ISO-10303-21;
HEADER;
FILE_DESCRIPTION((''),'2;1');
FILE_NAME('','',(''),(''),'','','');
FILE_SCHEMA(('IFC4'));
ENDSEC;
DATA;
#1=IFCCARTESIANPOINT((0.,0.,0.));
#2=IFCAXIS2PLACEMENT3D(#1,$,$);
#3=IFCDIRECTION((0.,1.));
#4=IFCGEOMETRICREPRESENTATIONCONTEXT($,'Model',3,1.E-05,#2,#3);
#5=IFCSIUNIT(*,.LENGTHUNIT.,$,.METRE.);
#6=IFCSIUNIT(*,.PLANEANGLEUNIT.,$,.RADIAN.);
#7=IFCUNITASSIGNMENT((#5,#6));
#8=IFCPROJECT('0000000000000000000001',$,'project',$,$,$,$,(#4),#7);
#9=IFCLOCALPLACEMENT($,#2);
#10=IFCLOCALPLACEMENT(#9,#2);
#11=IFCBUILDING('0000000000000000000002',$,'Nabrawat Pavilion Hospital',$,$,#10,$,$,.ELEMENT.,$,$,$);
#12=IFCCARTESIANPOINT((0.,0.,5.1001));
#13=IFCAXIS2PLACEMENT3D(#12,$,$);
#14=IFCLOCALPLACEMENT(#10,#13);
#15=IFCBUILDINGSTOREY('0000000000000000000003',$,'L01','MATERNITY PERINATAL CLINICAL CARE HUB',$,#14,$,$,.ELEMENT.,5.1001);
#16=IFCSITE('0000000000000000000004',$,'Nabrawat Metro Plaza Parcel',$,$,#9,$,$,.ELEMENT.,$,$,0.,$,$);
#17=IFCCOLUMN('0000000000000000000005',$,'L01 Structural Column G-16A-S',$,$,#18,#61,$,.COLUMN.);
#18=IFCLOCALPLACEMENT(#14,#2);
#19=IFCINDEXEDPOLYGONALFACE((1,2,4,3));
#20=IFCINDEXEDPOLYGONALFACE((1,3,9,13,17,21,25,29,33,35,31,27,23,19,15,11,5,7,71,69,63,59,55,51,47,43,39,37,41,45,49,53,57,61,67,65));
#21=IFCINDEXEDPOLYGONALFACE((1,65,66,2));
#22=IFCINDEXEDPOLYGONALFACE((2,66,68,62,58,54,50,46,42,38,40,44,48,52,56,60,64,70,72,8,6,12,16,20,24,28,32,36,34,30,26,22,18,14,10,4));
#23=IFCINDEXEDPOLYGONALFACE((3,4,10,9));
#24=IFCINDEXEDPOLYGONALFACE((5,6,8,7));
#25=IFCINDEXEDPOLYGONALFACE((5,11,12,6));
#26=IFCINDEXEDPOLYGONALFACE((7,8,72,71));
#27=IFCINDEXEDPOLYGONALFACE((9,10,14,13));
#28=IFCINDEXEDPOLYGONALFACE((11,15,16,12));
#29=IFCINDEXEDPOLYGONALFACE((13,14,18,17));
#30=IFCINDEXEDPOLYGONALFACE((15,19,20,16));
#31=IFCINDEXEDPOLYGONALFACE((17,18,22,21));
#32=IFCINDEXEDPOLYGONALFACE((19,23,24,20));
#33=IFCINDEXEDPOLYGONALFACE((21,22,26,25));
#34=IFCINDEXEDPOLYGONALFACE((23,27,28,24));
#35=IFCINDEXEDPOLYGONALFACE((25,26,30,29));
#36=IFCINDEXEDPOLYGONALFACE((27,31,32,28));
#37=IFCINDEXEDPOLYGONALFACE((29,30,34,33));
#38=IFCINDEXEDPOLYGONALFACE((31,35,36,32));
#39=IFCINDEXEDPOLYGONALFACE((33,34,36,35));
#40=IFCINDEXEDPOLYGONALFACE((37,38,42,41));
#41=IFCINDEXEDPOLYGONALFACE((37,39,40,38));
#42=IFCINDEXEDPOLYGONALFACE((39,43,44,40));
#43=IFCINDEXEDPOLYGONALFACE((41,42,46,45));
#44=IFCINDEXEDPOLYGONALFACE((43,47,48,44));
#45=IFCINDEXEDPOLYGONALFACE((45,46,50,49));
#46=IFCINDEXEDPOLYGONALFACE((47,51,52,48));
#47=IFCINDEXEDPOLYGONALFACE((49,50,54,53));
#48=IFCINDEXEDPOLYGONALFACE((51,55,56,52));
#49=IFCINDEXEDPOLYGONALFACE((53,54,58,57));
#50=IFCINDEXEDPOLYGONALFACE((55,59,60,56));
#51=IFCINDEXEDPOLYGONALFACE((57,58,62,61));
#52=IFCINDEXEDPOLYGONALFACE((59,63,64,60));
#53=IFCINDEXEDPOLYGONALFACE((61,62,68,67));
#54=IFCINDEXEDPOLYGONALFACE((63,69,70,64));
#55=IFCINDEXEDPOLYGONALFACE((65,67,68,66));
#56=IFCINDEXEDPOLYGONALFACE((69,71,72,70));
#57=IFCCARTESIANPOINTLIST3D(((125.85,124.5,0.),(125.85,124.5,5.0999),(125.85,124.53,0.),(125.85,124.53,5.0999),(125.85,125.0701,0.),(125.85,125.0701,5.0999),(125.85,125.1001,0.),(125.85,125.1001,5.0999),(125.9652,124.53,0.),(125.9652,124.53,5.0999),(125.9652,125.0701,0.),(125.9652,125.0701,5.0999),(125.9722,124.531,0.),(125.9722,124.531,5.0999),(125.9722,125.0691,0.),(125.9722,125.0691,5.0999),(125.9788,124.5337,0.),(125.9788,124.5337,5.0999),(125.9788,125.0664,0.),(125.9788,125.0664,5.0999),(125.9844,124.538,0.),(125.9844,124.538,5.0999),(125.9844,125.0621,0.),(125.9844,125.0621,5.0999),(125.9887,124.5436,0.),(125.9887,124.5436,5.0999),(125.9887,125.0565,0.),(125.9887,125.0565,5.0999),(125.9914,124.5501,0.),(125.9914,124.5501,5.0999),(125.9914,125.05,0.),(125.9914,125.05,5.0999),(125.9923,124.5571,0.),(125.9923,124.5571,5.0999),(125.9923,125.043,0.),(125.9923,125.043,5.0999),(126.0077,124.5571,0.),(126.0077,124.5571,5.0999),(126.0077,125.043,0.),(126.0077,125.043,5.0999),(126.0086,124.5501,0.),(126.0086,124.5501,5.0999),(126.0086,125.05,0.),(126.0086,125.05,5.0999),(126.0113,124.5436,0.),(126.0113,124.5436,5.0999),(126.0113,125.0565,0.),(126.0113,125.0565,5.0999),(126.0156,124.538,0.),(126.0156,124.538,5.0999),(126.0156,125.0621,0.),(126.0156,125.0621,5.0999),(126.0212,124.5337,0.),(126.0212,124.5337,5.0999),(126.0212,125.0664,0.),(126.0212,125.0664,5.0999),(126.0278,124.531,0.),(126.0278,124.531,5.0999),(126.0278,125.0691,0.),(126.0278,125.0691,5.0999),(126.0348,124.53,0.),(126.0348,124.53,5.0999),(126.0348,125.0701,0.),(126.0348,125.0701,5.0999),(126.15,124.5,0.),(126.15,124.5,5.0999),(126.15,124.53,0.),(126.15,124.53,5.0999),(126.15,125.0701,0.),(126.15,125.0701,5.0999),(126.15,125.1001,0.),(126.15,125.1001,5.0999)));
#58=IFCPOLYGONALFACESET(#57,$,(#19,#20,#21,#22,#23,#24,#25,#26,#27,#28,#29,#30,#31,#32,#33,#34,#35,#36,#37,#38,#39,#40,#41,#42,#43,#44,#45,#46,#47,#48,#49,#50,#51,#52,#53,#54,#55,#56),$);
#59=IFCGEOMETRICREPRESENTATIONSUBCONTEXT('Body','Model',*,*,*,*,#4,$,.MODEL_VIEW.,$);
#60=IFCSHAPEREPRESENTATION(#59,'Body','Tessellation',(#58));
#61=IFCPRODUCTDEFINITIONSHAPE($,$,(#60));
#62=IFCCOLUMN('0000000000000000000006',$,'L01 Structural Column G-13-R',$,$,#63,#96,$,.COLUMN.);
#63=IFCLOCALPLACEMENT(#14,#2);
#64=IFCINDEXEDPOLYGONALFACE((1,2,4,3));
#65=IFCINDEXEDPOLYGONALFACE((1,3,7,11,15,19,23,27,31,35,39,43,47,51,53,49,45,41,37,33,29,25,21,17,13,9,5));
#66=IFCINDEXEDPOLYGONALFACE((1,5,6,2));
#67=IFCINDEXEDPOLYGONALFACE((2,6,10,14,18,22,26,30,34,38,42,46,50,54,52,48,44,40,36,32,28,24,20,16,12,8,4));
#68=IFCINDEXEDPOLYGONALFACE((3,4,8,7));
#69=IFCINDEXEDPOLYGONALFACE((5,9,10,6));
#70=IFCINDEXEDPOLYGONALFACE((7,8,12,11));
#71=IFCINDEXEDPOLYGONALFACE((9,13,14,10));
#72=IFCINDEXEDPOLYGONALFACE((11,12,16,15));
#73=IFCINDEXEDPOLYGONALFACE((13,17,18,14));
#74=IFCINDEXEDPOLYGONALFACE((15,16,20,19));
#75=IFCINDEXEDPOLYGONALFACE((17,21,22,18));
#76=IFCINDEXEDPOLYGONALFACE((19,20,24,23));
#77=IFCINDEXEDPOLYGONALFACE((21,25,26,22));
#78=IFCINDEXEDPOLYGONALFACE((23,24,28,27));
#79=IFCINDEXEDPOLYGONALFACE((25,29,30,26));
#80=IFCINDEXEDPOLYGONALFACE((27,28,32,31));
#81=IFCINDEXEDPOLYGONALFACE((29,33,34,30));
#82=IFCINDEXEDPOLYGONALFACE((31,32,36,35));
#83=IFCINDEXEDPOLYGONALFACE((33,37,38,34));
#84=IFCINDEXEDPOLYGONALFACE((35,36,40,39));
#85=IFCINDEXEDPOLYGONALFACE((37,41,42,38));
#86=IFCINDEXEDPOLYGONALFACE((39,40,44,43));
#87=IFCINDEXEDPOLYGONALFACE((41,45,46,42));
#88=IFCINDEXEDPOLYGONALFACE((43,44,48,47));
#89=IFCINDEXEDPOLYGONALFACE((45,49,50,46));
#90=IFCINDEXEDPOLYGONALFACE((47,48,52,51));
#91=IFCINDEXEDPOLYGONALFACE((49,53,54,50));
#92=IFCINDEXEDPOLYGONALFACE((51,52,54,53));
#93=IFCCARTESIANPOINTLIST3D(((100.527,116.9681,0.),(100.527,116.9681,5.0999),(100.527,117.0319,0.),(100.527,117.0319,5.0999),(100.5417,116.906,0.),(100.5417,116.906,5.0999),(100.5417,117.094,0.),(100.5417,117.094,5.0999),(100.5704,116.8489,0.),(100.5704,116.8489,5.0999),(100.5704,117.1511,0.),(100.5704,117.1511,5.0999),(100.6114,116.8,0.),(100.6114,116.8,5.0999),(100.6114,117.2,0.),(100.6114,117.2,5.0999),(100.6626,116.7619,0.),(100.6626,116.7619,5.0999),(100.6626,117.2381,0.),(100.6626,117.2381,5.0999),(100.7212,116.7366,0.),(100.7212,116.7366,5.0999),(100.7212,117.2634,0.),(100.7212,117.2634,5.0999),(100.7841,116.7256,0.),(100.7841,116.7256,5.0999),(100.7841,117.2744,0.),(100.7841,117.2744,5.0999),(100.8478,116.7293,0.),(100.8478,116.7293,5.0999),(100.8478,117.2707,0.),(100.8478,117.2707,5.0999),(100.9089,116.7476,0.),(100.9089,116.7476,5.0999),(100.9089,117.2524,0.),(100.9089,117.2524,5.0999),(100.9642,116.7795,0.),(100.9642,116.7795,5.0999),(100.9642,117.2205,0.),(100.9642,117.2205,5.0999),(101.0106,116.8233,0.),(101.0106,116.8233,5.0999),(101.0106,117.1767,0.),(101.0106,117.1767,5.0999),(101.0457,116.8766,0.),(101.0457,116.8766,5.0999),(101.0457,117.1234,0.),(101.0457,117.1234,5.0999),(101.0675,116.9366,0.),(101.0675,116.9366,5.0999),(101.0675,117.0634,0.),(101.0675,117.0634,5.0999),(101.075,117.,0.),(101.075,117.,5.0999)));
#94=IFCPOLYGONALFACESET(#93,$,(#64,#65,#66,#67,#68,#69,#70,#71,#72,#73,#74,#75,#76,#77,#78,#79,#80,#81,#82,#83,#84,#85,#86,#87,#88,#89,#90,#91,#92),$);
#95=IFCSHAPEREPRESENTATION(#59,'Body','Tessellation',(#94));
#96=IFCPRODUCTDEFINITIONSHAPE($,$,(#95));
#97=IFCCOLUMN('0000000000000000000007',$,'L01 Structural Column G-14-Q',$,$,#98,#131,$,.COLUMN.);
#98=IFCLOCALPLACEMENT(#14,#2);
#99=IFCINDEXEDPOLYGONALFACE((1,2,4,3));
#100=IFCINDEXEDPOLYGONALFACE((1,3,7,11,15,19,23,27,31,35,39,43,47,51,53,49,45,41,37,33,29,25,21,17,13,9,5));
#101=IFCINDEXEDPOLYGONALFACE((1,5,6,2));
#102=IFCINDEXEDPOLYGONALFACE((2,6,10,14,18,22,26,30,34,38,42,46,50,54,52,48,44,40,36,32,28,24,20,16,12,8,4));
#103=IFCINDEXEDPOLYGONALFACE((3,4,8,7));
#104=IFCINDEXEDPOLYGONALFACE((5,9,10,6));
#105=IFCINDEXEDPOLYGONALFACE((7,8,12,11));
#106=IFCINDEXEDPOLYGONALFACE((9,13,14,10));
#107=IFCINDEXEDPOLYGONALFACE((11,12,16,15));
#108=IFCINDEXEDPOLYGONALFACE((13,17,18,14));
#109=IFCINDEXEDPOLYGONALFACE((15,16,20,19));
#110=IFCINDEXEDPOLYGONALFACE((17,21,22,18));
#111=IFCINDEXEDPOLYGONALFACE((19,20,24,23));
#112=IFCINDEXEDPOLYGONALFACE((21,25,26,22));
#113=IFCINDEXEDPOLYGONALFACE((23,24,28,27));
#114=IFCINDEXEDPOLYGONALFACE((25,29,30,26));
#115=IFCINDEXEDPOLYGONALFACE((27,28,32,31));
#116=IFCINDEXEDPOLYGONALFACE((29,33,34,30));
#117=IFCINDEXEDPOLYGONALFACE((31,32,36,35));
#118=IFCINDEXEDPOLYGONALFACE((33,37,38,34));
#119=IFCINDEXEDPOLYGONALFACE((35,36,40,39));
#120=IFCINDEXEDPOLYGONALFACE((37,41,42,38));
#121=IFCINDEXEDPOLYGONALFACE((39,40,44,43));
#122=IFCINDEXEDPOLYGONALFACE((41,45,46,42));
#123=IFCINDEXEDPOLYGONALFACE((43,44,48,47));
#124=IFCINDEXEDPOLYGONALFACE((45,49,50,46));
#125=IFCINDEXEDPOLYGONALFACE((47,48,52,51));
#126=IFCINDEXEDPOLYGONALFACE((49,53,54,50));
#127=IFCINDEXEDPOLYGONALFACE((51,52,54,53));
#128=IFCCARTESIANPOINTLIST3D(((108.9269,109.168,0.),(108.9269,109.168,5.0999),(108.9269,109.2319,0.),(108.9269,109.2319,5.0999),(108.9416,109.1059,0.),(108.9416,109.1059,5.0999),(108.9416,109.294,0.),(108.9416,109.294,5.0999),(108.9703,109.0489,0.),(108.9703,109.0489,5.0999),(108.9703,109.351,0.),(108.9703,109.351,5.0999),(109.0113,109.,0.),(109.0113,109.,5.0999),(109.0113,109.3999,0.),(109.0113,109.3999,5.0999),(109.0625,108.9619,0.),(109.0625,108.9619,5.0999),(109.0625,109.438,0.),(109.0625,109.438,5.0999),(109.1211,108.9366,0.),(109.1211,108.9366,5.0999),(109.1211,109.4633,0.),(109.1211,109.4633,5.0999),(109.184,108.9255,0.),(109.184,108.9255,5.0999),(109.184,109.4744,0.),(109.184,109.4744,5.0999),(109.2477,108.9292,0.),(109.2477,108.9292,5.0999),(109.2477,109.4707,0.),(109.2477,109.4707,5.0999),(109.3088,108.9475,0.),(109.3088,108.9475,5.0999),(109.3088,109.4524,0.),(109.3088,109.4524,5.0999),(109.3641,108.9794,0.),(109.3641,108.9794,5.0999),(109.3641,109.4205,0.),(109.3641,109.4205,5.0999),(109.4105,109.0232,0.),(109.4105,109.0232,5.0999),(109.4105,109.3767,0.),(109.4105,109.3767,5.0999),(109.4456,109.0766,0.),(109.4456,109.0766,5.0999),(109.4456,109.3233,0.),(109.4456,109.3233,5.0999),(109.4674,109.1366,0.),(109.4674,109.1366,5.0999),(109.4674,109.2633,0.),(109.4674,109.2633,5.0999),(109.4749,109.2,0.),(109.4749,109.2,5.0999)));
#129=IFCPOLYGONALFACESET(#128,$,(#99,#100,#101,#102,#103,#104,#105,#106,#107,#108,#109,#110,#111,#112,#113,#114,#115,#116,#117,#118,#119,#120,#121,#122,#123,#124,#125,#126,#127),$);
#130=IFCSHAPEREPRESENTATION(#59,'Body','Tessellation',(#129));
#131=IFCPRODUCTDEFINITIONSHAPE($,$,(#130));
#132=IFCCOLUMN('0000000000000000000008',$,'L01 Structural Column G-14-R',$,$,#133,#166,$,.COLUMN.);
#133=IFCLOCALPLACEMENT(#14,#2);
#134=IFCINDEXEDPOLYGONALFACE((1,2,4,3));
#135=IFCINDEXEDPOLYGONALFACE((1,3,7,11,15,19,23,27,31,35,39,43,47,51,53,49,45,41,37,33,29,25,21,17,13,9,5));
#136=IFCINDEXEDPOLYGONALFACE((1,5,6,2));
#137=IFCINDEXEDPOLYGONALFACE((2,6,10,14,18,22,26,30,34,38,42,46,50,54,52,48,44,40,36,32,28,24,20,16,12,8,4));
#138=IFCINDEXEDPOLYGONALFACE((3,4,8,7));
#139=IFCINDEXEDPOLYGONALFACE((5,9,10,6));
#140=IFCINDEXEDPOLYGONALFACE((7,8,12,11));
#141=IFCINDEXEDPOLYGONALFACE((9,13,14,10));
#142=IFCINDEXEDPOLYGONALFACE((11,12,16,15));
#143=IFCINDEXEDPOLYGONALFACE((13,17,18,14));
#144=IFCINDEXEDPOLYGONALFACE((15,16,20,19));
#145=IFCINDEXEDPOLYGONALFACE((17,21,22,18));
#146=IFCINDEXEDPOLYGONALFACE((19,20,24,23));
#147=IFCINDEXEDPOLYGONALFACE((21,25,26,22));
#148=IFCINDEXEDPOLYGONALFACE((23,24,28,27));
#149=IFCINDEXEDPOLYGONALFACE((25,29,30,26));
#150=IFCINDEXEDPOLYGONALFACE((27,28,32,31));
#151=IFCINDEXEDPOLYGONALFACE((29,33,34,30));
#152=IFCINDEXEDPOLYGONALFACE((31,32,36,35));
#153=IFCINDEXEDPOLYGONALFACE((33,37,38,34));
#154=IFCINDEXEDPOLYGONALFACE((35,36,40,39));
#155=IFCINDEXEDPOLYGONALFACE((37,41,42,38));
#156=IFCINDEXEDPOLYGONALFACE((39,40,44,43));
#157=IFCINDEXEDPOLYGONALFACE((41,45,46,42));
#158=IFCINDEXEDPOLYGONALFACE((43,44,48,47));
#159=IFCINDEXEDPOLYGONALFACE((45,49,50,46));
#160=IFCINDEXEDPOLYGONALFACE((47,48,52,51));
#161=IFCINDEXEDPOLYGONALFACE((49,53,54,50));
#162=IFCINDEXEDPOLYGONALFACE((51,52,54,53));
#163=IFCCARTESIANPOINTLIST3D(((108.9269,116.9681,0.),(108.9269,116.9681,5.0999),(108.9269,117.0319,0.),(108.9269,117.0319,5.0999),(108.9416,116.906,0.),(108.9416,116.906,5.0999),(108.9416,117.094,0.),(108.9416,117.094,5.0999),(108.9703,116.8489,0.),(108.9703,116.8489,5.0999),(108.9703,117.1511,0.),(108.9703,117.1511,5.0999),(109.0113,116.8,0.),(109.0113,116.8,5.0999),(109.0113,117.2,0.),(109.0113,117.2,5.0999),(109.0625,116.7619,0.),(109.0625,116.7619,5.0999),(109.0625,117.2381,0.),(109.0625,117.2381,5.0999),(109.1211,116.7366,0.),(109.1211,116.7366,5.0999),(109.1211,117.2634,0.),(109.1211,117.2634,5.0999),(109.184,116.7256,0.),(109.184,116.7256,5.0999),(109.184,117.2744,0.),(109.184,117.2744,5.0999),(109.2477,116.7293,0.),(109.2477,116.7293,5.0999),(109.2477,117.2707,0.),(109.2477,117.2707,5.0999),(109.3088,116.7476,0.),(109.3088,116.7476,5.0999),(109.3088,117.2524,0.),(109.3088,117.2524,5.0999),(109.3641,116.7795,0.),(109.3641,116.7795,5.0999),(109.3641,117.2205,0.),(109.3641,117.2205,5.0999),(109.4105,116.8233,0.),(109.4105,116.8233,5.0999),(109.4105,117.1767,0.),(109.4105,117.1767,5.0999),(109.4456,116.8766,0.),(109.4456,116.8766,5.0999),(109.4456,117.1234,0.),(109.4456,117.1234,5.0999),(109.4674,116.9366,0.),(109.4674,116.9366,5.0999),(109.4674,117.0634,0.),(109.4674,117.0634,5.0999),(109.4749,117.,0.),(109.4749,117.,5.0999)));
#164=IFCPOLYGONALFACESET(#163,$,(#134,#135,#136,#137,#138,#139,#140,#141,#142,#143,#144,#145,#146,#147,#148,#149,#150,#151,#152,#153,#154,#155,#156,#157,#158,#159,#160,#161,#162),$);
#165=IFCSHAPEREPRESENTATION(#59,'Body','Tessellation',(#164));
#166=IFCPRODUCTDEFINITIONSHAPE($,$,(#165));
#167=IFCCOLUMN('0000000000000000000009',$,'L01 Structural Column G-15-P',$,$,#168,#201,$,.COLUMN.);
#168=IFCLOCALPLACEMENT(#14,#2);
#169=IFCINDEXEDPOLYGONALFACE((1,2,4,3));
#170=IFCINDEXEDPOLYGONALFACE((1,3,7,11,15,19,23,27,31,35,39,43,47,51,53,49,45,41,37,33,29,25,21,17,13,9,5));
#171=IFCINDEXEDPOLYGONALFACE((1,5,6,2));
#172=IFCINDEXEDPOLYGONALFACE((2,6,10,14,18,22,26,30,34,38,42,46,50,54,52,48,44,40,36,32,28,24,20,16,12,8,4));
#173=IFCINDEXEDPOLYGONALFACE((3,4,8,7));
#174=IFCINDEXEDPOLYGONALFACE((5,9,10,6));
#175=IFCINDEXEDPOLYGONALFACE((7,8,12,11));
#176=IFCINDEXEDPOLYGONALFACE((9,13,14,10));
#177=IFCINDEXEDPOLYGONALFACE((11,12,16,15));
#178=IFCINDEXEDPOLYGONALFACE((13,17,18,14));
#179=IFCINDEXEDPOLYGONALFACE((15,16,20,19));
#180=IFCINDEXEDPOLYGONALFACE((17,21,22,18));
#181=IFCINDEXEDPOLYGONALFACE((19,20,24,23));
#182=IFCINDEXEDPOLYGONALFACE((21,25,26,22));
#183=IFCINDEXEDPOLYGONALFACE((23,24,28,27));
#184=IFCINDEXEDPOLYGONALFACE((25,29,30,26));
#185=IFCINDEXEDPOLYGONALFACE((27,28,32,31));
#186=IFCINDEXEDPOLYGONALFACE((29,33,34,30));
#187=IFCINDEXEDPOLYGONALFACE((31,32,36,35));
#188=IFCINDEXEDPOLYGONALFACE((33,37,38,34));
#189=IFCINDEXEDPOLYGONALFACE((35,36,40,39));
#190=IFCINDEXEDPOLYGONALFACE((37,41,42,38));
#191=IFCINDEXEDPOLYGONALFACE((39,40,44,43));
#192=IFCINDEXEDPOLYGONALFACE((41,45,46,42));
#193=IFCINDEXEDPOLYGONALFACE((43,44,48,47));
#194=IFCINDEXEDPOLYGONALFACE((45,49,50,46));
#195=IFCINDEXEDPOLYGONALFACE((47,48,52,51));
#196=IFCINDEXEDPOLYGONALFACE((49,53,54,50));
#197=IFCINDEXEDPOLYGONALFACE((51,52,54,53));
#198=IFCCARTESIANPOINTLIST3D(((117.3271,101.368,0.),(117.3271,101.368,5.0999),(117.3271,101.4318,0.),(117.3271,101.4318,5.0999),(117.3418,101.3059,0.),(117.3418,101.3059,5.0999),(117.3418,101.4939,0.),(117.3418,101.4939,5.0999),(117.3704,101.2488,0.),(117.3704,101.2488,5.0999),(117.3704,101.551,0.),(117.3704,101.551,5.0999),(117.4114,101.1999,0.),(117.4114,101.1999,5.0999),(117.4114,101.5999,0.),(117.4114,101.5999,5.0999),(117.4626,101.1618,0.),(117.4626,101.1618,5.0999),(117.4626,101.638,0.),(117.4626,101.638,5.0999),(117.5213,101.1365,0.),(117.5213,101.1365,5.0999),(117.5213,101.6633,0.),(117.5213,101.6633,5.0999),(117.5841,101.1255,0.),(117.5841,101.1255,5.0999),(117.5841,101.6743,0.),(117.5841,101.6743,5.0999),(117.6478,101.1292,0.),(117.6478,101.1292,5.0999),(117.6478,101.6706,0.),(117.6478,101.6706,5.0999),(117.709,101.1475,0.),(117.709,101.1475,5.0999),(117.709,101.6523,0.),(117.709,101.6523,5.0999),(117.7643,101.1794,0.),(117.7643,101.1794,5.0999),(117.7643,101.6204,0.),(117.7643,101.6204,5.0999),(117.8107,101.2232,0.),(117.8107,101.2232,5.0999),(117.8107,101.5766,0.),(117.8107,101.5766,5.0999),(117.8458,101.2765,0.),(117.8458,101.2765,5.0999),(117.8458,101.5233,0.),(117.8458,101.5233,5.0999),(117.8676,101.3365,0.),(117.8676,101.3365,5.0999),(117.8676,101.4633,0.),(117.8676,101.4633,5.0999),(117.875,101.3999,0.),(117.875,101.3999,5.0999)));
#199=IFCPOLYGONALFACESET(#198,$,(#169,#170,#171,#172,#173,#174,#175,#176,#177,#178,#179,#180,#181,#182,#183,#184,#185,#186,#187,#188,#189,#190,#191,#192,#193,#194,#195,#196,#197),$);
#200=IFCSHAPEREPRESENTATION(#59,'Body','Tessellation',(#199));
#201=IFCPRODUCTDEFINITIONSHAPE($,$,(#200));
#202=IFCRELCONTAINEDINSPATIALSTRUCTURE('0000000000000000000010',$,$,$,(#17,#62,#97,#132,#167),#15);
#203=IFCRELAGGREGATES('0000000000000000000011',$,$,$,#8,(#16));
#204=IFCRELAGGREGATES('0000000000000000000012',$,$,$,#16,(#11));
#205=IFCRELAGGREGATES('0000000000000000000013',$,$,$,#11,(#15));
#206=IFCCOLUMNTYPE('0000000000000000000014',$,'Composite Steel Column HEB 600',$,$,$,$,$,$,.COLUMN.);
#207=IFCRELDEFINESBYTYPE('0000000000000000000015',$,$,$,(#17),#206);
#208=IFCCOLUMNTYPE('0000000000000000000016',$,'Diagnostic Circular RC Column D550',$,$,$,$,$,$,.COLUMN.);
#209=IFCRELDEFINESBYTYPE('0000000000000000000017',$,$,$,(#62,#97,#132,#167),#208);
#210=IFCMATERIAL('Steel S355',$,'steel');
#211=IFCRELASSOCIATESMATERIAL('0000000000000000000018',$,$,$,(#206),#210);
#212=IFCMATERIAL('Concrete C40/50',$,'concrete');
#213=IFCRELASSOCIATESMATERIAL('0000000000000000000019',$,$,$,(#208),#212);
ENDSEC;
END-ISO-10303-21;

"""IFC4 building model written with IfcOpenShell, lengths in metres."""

from ifc_helpers import new_model, si_unit, direction, frame, origin, origin_2d, place, context, subcontext, project, spatial, circle, i_section, extrude, material, material_profile, profile_set, type_object, element, save


model = new_model("IFC4")

# Units and contexts
model_context = context("Model", 3, precision=1e-05, world=origin(), true_north=direction((0.0, 1.0)))
body_context = subcontext(model_context, "Body", "Model", "MODEL_VIEW")
ifc_project = project(units=[si_unit("LENGTHUNIT", "METRE"), si_unit("PLANEANGLEUNIT", "RADIAN")], contexts=[model_context])

# Site, building, storey
site_placement = place(None, origin())
site = spatial("IfcSite", under=ifc_project, at=site_placement, Name="Nabrawat Metro Plaza Parcel", CompositionType="ELEMENT", RefElevation=0.0)
building_placement = place(site_placement, origin())
building = spatial("IfcBuilding", under=site, at=building_placement, Name="Nabrawat Pavilion Hospital", CompositionType="ELEMENT")
storey_placement = place(building_placement, frame((0.0, 0.0, 5.1001)))
storey = spatial("IfcBuildingStorey", under=building, at=storey_placement, Name="L01", Description="MATERNITY PERINATAL CLINICAL CARE HUB", CompositionType="ELEMENT", Elevation=5.1001)

# Columns
ifc_material_1 = material(Name="Steel S355", Category="steel")
ifc_material_profile_1 = material_profile(ifc_material_1, i_section(OverallWidth=0.3, OverallDepth=0.6001, WebThickness=0.0154, FlangeThickness=0.03, FilletRadius=0.0271, at=origin_2d()), Name="HEB 600")
ifc_profile_set_1 = profile_set([ifc_material_profile_1], Name="Steel S355")
column_type_1 = type_object("IfcColumnType", Name="Composite Steel Column HEB 600", PredefinedType="COLUMN", material=ifc_profile_set_1)
column_placement = place(storey_placement, frame((126.0, 124.8, 0.0), z_axis=(0.0, 0.0, 1.0), x_axis=(1.0, 0.0, 0.0)))
element("IfcColumn", 1, at=column_placement, inside=storey, type_object=column_type_1, Name="L01 Structural Column G-16A-S", PredefinedType="COLUMN", context=body_context, shape_type="SweptSolid", body=[
    extrude(i_section(OverallWidth=0.3, OverallDepth=0.6001, WebThickness=0.0154, FlangeThickness=0.03, FilletRadius=0.0271, at=origin_2d()), origin(), (0.0, 0.0, 1.0), 5.0999),
])
ifc_material_2 = material(Name="Concrete C40/50", Category="concrete")
ifc_material_profile_2 = material_profile(ifc_material_2, circle(Radius=0.2749, at=origin_2d()), Name="RC D550")
ifc_profile_set_2 = profile_set([ifc_material_profile_2], Name="Concrete C40/50")
column_type_2 = type_object("IfcColumnType", Name="Diagnostic Circular RC Column D550", PredefinedType="COLUMN", material=ifc_profile_set_2)
for number, where, z_axis, x_axis, name in (
    (2, (100.8, 117.0, 0.0), (0.0, 0.0, 1.0), (1.0, 0.0, 0.0), "L01 Structural Column G-13-R"),
    (3, (109.2, 109.2, 0.0), (0.0, 0.0, 1.0), (1.0, 0.0, 0.0), "L01 Structural Column G-14-Q"),
    (4, (109.2, 117.0, 0.0), (0.0, 0.0, 1.0), (1.0, 0.0, 0.0), "L01 Structural Column G-14-R"),
    (5, (117.6001, 101.3999, 0.0), (0.0, 0.0, 1.0), (1.0, 0.0, 0.0), "L01 Structural Column G-15-P"),
):
    element("IfcColumn", number, at=place(storey_placement, frame(where, z_axis=z_axis, x_axis=x_axis)), inside=storey, type_object=column_type_2, Name=name, PredefinedType="COLUMN", context=body_context, shape_type="SweptSolid", body=[
        extrude(circle(Radius=0.2749, at=origin_2d()), origin(), (0.0, 0.0, 1.0), 5.0999),
    ])

save(model, "model.ifc")
